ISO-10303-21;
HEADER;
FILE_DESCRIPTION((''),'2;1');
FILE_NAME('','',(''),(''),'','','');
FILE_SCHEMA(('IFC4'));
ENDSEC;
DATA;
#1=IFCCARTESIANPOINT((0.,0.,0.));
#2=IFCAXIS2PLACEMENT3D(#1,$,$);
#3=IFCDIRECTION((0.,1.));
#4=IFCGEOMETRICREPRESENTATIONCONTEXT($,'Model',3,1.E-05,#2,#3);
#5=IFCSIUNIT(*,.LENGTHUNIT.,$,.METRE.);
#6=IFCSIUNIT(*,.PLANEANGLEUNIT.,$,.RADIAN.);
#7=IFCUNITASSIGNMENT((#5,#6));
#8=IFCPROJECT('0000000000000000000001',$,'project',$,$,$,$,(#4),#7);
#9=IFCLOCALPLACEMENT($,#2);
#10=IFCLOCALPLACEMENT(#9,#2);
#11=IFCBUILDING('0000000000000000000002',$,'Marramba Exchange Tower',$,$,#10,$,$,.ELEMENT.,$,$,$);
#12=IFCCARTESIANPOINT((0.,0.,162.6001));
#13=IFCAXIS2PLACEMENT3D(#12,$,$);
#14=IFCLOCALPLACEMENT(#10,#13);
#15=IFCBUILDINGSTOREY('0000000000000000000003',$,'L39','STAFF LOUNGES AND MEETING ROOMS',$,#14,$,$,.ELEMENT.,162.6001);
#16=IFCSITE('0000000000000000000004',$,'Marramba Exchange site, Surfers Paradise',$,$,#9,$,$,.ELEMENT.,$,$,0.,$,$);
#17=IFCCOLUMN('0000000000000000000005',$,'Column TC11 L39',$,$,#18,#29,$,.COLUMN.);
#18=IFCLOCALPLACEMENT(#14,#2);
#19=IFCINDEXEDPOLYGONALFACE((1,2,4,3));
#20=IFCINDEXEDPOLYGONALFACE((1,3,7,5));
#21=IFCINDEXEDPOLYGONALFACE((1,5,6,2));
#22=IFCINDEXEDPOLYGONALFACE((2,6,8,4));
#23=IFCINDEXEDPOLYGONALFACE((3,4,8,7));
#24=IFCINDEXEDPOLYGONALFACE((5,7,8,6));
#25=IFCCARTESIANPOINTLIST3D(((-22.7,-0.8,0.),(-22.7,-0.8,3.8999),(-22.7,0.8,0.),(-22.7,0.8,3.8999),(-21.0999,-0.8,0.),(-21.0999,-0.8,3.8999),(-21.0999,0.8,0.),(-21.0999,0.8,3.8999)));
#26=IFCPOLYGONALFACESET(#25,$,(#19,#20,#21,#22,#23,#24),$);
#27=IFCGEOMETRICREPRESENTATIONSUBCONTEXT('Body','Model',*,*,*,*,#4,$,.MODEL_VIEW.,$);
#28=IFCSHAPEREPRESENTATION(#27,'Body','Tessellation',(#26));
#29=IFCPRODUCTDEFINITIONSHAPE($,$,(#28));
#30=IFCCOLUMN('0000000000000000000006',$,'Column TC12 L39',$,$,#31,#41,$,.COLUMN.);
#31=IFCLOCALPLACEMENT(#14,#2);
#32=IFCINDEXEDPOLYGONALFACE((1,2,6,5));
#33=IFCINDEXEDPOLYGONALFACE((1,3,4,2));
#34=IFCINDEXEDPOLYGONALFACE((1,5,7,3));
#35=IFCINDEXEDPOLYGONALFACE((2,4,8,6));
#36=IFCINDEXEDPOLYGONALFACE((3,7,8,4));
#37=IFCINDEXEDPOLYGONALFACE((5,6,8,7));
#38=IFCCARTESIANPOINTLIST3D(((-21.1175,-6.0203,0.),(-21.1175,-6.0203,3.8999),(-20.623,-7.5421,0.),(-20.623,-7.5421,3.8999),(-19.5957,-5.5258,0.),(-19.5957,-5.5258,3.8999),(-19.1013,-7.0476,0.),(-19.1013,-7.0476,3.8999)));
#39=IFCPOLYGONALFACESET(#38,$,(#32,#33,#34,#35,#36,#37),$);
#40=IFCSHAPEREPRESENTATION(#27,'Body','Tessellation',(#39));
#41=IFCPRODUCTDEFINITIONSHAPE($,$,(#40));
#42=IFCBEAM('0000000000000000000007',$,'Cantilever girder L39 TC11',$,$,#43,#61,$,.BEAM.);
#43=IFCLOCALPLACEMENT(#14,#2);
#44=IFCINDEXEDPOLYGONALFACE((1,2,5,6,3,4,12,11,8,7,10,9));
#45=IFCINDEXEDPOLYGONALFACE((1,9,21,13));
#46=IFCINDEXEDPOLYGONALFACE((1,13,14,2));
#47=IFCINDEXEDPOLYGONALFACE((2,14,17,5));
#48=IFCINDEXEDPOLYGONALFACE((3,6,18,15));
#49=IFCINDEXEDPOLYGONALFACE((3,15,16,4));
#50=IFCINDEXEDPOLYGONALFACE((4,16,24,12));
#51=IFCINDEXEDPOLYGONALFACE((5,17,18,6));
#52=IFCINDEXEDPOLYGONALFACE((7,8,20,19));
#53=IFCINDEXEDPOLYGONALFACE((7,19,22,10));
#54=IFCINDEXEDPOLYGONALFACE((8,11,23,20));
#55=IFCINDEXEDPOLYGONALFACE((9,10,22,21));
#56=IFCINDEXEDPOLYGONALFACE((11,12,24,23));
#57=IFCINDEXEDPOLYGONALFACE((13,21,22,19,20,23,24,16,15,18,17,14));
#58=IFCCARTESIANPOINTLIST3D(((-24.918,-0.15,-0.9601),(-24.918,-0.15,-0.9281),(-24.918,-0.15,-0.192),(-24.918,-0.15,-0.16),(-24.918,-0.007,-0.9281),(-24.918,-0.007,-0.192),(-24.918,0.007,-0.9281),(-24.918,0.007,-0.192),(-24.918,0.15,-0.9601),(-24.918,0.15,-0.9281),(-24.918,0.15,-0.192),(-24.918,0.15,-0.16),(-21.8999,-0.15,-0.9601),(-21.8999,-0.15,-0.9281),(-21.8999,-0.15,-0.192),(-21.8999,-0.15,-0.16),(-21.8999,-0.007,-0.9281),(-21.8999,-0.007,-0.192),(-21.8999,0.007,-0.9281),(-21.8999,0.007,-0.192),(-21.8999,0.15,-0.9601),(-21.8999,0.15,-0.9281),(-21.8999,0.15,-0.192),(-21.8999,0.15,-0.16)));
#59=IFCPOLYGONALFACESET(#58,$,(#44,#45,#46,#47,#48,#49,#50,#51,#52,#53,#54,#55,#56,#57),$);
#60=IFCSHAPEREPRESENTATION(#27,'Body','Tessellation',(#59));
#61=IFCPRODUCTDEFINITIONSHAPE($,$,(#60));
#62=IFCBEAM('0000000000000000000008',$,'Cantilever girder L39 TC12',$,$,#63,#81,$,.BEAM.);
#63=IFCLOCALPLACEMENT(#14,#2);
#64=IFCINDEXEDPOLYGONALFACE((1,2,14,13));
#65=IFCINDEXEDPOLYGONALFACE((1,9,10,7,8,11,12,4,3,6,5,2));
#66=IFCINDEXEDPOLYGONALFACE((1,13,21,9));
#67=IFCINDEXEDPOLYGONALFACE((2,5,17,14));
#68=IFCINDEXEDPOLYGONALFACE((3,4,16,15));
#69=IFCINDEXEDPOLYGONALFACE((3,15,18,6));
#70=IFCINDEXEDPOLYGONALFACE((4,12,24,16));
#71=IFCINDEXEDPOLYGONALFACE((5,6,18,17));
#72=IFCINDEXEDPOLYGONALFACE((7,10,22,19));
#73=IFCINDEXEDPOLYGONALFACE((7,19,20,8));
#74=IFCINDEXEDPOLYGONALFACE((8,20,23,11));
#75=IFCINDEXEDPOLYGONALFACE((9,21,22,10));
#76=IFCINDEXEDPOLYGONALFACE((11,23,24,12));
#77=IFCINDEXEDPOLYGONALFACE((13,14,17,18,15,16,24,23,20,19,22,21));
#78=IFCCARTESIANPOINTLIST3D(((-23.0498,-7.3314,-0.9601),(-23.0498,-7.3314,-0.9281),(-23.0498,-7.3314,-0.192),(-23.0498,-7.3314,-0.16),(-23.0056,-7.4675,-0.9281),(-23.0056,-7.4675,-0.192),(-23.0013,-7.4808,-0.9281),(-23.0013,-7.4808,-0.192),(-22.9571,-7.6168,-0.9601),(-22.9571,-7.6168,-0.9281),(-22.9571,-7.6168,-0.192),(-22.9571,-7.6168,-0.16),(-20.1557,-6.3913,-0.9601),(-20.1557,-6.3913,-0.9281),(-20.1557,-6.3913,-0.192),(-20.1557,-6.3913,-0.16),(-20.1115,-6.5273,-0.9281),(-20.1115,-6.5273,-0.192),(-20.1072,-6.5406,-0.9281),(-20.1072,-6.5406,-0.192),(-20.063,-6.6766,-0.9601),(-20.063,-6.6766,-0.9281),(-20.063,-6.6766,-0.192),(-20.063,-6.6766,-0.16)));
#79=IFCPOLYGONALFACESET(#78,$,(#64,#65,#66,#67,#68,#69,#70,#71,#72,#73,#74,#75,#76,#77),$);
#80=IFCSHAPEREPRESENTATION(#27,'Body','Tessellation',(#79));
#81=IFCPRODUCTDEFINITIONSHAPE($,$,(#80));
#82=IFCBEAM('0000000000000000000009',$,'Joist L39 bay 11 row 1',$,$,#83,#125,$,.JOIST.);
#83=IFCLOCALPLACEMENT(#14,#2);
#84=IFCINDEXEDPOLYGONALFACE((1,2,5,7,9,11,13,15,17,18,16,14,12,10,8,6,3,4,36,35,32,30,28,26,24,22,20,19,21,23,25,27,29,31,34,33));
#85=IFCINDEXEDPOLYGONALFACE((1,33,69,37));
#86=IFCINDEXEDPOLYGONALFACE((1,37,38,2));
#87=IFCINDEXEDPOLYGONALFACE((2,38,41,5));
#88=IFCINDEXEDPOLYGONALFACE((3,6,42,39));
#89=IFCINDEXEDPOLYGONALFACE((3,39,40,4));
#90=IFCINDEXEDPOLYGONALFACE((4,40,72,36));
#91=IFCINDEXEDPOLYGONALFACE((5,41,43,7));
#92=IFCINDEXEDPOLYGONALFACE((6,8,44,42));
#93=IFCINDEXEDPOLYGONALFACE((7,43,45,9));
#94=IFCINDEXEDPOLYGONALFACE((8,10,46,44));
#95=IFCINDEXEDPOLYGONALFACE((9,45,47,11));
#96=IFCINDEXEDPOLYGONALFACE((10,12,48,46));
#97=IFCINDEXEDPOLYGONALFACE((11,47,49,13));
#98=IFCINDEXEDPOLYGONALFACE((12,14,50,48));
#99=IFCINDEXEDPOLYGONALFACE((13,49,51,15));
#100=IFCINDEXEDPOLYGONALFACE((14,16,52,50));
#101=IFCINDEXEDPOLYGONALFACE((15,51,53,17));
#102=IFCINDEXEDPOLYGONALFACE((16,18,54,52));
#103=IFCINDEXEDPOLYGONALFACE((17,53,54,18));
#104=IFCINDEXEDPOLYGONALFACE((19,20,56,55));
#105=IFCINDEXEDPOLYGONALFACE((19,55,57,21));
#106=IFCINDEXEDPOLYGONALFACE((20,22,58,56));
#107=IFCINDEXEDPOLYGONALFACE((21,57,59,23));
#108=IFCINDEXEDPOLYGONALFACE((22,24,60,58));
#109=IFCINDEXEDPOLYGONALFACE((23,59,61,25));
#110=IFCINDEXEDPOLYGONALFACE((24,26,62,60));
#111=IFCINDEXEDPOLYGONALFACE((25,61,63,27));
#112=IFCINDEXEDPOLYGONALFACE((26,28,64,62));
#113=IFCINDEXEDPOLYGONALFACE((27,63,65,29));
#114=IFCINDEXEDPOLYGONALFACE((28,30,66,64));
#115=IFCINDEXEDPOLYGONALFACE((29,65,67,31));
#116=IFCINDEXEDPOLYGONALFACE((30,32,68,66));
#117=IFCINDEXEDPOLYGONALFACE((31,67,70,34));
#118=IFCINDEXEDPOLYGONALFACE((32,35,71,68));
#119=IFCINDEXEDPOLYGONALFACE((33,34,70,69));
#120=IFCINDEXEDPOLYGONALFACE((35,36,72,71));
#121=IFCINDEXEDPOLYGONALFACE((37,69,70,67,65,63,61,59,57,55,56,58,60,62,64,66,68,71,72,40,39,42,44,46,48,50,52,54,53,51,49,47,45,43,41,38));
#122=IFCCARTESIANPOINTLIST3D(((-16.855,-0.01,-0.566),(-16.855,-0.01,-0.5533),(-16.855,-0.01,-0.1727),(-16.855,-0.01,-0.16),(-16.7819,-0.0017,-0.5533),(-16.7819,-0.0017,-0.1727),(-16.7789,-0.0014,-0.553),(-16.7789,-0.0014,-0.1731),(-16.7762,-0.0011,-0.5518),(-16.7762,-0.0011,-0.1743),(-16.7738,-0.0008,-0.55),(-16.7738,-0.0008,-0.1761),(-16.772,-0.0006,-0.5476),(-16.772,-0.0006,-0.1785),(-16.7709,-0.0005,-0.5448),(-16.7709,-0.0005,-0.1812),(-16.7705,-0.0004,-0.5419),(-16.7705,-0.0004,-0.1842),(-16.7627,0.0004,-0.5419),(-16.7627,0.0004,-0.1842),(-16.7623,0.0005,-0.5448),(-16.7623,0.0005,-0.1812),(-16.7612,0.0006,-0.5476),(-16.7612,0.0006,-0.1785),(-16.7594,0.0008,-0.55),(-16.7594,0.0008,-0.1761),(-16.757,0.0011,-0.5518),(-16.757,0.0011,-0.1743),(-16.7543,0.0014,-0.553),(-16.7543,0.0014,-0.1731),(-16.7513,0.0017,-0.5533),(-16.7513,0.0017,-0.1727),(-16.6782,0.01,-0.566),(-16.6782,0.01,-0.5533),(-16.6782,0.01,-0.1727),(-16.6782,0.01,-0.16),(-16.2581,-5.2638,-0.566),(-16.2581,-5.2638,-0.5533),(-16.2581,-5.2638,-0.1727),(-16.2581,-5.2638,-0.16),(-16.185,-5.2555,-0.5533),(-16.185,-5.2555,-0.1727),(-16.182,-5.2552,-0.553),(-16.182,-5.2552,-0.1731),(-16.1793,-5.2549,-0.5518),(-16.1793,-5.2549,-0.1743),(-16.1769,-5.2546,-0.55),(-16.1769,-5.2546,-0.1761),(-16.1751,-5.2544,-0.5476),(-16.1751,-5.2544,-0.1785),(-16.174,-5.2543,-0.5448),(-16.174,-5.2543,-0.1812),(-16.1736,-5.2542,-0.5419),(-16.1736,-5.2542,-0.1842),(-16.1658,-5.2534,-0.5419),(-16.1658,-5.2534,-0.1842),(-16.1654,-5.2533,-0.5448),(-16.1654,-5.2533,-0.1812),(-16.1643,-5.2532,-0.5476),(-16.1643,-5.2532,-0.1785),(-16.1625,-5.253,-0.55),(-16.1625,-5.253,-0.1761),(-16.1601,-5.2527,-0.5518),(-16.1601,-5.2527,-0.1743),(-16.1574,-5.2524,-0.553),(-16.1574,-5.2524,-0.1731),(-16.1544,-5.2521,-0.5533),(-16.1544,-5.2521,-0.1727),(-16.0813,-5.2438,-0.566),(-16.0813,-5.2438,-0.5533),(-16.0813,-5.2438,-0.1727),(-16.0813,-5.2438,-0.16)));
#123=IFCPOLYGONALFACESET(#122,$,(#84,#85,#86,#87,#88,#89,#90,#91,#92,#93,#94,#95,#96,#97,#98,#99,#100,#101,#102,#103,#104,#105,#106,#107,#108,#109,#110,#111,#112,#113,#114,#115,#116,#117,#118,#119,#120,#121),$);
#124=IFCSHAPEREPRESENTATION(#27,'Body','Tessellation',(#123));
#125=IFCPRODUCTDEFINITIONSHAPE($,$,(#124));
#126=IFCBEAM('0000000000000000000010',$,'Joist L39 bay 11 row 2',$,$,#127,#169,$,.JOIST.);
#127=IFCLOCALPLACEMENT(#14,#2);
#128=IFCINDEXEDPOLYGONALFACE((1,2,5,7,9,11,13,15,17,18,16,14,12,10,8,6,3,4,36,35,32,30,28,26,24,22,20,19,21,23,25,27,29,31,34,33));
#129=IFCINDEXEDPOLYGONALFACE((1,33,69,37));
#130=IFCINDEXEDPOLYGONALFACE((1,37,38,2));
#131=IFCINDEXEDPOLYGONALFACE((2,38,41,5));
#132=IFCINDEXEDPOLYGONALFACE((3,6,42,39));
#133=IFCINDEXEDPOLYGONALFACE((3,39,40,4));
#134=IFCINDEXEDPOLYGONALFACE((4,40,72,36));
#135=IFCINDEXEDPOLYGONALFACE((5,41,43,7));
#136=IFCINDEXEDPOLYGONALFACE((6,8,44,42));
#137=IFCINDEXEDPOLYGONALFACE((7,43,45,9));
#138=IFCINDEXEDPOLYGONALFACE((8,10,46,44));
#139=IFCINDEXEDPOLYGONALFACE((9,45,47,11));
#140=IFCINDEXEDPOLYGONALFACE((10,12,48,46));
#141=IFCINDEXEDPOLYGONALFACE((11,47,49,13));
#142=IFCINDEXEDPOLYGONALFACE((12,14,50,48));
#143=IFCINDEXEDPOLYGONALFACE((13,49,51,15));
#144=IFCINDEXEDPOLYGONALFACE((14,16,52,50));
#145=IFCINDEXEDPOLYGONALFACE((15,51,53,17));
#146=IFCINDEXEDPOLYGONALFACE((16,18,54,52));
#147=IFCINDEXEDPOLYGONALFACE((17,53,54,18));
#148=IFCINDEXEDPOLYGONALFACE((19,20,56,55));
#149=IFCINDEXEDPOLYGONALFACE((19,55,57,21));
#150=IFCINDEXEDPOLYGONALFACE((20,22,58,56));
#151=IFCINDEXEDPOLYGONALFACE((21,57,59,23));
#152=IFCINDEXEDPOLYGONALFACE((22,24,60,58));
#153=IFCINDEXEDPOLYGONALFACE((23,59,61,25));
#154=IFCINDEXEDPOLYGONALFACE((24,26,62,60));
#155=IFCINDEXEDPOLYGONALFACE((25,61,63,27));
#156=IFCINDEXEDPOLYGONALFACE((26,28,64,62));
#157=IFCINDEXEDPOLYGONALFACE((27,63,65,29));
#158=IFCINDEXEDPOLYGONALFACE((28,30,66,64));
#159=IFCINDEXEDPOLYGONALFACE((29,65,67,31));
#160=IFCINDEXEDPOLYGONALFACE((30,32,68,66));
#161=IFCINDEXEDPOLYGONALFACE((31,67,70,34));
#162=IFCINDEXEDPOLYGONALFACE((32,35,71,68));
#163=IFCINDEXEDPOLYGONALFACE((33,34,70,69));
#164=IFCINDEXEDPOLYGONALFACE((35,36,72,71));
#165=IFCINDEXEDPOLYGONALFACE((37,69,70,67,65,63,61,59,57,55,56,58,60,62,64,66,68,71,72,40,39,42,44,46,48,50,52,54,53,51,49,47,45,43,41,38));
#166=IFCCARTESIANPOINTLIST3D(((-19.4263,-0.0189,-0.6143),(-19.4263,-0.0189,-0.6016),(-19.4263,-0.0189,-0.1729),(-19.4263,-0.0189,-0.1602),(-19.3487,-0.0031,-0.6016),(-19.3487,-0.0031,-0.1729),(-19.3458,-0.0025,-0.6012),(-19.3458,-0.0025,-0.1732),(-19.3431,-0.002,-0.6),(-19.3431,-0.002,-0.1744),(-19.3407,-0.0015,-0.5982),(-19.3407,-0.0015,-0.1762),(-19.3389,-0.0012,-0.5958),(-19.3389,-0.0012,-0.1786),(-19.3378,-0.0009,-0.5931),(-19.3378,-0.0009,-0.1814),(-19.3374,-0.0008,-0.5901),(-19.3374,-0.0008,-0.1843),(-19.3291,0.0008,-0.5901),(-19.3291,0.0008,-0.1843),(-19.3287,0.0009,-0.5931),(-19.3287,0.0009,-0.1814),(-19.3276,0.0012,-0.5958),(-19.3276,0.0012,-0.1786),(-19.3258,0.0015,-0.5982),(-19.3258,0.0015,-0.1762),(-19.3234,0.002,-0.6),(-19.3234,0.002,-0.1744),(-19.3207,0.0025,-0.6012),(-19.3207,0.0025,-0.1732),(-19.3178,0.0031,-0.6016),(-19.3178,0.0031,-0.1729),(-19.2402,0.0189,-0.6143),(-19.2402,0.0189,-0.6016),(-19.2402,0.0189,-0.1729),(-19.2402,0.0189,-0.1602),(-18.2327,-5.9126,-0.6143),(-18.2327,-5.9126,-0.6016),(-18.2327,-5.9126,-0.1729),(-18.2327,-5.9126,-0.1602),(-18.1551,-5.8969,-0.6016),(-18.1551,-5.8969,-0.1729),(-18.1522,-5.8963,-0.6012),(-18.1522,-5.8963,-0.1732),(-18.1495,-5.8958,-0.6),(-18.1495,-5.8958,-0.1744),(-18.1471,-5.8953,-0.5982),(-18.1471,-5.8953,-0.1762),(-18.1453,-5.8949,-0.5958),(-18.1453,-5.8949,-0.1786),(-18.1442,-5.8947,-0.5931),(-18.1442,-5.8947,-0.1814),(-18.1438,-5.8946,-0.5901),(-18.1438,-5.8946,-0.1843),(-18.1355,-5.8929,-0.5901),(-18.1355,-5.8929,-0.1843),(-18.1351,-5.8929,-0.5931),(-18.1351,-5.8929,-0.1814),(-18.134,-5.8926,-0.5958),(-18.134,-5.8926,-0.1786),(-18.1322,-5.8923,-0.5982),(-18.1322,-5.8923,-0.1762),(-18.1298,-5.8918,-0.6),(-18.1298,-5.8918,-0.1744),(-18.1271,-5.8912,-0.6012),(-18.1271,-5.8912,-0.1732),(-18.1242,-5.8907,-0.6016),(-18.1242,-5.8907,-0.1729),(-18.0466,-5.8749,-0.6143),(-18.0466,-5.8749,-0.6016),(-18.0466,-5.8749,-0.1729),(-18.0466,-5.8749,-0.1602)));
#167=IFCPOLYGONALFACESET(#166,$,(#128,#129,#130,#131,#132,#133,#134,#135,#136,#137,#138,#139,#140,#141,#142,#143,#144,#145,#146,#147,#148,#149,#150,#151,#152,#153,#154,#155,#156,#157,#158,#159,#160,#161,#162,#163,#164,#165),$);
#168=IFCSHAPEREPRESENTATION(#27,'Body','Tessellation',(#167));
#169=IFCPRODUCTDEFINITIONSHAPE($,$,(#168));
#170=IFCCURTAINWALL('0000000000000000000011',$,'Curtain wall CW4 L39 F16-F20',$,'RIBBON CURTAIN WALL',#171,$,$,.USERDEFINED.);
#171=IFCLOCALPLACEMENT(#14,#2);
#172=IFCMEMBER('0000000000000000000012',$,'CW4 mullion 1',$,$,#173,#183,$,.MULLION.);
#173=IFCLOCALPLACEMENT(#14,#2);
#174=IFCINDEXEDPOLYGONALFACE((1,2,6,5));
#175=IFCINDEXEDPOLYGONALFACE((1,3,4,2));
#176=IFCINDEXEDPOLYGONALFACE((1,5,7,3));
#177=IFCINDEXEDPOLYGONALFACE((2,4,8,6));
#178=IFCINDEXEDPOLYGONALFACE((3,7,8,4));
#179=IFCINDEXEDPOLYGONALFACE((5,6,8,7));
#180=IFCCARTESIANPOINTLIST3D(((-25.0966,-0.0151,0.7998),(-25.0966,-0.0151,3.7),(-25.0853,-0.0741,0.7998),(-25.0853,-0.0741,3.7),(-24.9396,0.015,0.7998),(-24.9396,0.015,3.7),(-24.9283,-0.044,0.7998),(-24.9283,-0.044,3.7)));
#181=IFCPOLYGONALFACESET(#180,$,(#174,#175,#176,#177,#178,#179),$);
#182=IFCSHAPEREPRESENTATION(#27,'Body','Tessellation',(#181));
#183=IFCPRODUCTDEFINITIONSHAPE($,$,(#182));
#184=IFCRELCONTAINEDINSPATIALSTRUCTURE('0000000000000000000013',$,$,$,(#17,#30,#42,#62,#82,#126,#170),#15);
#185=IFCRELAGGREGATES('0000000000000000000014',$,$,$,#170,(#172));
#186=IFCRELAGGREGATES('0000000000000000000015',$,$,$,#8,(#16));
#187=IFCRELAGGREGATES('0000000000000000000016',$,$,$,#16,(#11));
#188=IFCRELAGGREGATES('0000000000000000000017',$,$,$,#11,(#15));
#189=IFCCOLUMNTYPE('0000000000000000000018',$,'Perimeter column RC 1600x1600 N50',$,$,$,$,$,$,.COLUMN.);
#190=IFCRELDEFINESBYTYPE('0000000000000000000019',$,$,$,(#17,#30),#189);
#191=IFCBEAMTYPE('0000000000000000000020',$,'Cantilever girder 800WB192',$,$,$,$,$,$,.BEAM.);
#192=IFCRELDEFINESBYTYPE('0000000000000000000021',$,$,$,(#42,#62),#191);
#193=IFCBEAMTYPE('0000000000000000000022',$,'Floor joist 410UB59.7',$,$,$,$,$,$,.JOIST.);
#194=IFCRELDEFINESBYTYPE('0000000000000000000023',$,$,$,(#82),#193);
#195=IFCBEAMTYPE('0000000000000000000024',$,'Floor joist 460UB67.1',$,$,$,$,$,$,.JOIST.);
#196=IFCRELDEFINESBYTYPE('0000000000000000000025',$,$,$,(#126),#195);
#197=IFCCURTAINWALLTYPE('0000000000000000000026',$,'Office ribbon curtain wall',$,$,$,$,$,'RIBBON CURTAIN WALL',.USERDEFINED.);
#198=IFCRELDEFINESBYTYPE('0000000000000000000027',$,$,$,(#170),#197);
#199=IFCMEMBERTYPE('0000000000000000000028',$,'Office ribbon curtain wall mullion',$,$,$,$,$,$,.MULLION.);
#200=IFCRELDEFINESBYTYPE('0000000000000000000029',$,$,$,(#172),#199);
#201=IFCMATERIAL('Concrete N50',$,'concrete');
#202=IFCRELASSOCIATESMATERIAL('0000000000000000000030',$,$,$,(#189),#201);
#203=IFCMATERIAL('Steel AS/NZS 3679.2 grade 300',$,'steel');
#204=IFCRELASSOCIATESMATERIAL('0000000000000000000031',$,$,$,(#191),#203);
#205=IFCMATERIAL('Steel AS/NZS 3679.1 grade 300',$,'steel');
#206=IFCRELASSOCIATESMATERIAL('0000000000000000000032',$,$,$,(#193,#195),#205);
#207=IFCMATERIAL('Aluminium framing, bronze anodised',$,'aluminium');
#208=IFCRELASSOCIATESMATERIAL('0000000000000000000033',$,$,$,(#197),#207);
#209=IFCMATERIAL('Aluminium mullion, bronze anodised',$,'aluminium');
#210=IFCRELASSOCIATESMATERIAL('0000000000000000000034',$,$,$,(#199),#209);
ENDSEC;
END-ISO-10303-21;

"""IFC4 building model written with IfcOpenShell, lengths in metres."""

from ifc_helpers import new_model, si_unit, direction, frame, origin, origin_2d, place, context, subcontext, project, spatial, rectangle, i_section, extrude, material, material_profile, profile_set, type_object, element, aggregate, save


model = new_model("IFC4")

# Units and contexts
model_context = context("Model", 3, precision=1e-05, world=origin(), true_north=direction((0.0, 1.0)))
body_context = subcontext(model_context, "Body", "Model", "MODEL_VIEW")
ifc_project = project(units=[si_unit("LENGTHUNIT", "METRE"), si_unit("PLANEANGLEUNIT", "RADIAN")], contexts=[model_context])

# Site, building, storey
site_placement = place(None, origin())
site = spatial("IfcSite", under=ifc_project, at=site_placement, Name="Marramba Exchange site, Surfers Paradise", CompositionType="ELEMENT", RefElevation=0.0)
building_placement = place(site_placement, origin())
building = spatial("IfcBuilding", under=site, at=building_placement, Name="Marramba Exchange Tower", CompositionType="ELEMENT")
storey_placement = place(building_placement, frame((0.0, 0.0, 162.6001)))
storey = spatial("IfcBuildingStorey", under=building, at=storey_placement, Name="L39", Description="STAFF LOUNGES AND MEETING ROOMS", CompositionType="ELEMENT", Elevation=162.6001)

# Columns
ifc_material_1 = material(Name="Concrete N50", Category="concrete")
ifc_material_profile_1 = material_profile(ifc_material_1, rectangle(XDim=1.6001, YDim=1.6001, at=origin_2d()), Name="RC 1600x1600")
ifc_profile_set_1 = profile_set([ifc_material_profile_1], Name="Concrete N50")
column_type = type_object("IfcColumnType", Name="Perimeter column RC 1600x1600 N50", PredefinedType="COLUMN", material=ifc_profile_set_1)
for number, where, z_axis, x_axis, name in (
    (1, (-21.8999, 0.0, 0.0), (0.0, 0.0, 1.0), (-1.0, 0.0, 0.0), "Column TC11 L39"),
    (2, (-20.1094, -6.5339, 0.0), (0.0, 0.0, 1.0), (-0.951057, -0.309017, 0.0), "Column TC12 L39"),
):
    element("IfcColumn", number, at=place(storey_placement, frame(where, z_axis=z_axis, x_axis=x_axis)), inside=storey, type_object=column_type, Name=name, PredefinedType="COLUMN", context=body_context, shape_type="SweptSolid", body=[
        extrude(rectangle(XDim=1.6001, YDim=1.6001, at=origin_2d()), origin(), (0.0, 0.0, 1.0), 3.8999),
    ])

# Beams
ifc_material_2 = material(Name="Steel AS/NZS 3679.2 grade 300", Category="steel")
ifc_material_profile_2 = material_profile(ifc_material_2, i_section(OverallWidth=0.3, OverallDepth=0.8, WebThickness=0.0139, FlangeThickness=0.032, at=origin_2d()), Name="800WB192")
ifc_profile_set_2 = profile_set([ifc_material_profile_2], Name="Steel AS/NZS 3679.2 grade 300")
beam_type_1 = type_object("IfcBeamType", Name="Cantilever girder 800WB192", PredefinedType="BEAM", material=ifc_profile_set_2)
beam_1_placement = place(storey_placement, frame((-21.8999, 0.0, -0.5601), z_axis=(-1.0, 0.0, 0.0), x_axis=(0.0, -1.0, 0.0)))
element("IfcBeam", 3, at=beam_1_placement, inside=storey, type_object=beam_type_1, Name="Cantilever girder L39 TC11", PredefinedType="BEAM", context=body_context, shape_type="SweptSolid", body=[
    extrude(i_section(OverallWidth=0.3, OverallDepth=0.8, WebThickness=0.0139, FlangeThickness=0.032, at=origin_2d()), origin(), (0.0, 0.0, 1.0), 3.0181),
])
beam_2_placement = place(storey_placement, frame((-20.1094, -6.5339, -0.5601), z_axis=(-0.951071, -0.308974, 0.0), x_axis=(0.308974, -0.951071, 0.0)))
element("IfcBeam", 4, at=beam_2_placement, inside=storey, type_object=beam_type_1, Name="Cantilever girder L39 TC12", PredefinedType="BEAM", context=body_context, shape_type="SweptSolid", body=[
    extrude(i_section(OverallWidth=0.3, OverallDepth=0.8, WebThickness=0.0139, FlangeThickness=0.032, at=origin_2d()), origin(), (0.0, 0.0, 1.0), 3.043),
])
ifc_material_3 = material(Name="Steel AS/NZS 3679.1 grade 300", Category="steel")
ifc_material_profile_3 = material_profile(ifc_material_3, i_section(OverallWidth=0.178, OverallDepth=0.406, WebThickness=0.0078, FlangeThickness=0.0127, FilletRadius=0.0115, at=origin_2d()), Name="410UB59.7")
ifc_profile_set_3 = profile_set([ifc_material_profile_3], Name="Steel AS/NZS 3679.1 grade 300")
beam_type_2 = type_object("IfcBeamType", Name="Floor joist 410UB59.7", PredefinedType="JOIST", material=ifc_profile_set_3)
beam_3_placement = place(storey_placement, frame((-16.7666, 0.0, -0.363), z_axis=(0.112889, -0.993608, 0.0), x_axis=(0.993608, 0.112889, 0.0)))
element("IfcBeam", 5, at=beam_3_placement, inside=storey, type_object=beam_type_2, Name="Joist L39 bay 11 row 1", PredefinedType="JOIST", context=body_context, shape_type="SweptSolid", body=[
    extrude(i_section(OverallWidth=0.178, OverallDepth=0.406, WebThickness=0.0078, FlangeThickness=0.0127, FilletRadius=0.0115, at=origin_2d()), origin(), (0.0, 0.0, 1.0), 5.2876),
])
ifc_material_profile_4 = material_profile(ifc_material_3, i_section(OverallWidth=0.1899, OverallDepth=0.4541, WebThickness=0.0085, FlangeThickness=0.0127, FilletRadius=0.0115, at=origin_2d()), Name="460UB67.1")
ifc_profile_set_4 = profile_set([ifc_material_profile_4], Name="Steel AS/NZS 3679.1 grade 300")
beam_type_3 = type_object("IfcBeamType", Name="Floor joist 460UB67.1", PredefinedType="JOIST", material=ifc_profile_set_4)
beam_4_placement = place(storey_placement, frame((-19.3333, 0.0, -0.3872), z_axis=(0.198489, -0.980103, 0.0), x_axis=(0.980103, 0.198489, 0.0)))
element("IfcBeam", 6, at=beam_4_placement, inside=storey, type_object=beam_type_3, Name="Joist L39 bay 11 row 2", PredefinedType="JOIST", context=body_context, shape_type="SweptSolid", body=[
    extrude(i_section(OverallWidth=0.1899, OverallDepth=0.4541, WebThickness=0.0085, FlangeThickness=0.0127, FilletRadius=0.0115, at=origin_2d()), origin(), (0.0, 0.0, 1.0), 6.0134),
])

# Curtain wall, member
ifc_material_4 = material(Name="Aluminium framing, bronze anodised", Category="aluminium")
curtain_wall_type = type_object("IfcCurtainWallType", Name="Office ribbon curtain wall", ElementType="RIBBON CURTAIN WALL", PredefinedType="USERDEFINED", material=ifc_material_4)
curtain_wall_placement = place(storey_placement, origin())
curtain_wall = element("IfcCurtainWall", 7, at=curtain_wall_placement, inside=storey, type_object=curtain_wall_type, Name="Curtain wall CW4 L39 F16-F20", ObjectType="RIBBON CURTAIN WALL", PredefinedType="USERDEFINED")
ifc_material_5 = material(Name="Aluminium mullion, bronze anodised", Category="aluminium")
ifc_material_profile_5 = material_profile(ifc_material_5, rectangle(XDim=0.1599, YDim=0.0601, at=origin_2d()), Name="CW4 mullion 60x160")
ifc_profile_set_5 = profile_set([ifc_material_profile_5], Name="Aluminium mullion, bronze anodised")
member_type_1 = type_object("IfcMemberType", Name="Office ribbon curtain wall mullion", PredefinedType="MULLION", material=ifc_profile_set_5)
member_1_placement = place(storey_placement, frame((-25.0125, -0.0295, 0.7998), z_axis=(0.0, 0.0, 1.0), x_axis=(0.982126, 0.188227, 0.0)))
member_1 = element("IfcMember", 8, at=member_1_placement, type_object=member_type_1, Name="CW4 mullion 1", PredefinedType="MULLION", context=body_context, shape_type="SweptSolid", body=[
    extrude(rectangle(XDim=0.1599, YDim=0.0601, at=origin_2d()), origin(), (0.0, 0.0, 1.0), 2.9001),
])

aggregate(curtain_wall, [member_1])

save(model, "model.ifc")
